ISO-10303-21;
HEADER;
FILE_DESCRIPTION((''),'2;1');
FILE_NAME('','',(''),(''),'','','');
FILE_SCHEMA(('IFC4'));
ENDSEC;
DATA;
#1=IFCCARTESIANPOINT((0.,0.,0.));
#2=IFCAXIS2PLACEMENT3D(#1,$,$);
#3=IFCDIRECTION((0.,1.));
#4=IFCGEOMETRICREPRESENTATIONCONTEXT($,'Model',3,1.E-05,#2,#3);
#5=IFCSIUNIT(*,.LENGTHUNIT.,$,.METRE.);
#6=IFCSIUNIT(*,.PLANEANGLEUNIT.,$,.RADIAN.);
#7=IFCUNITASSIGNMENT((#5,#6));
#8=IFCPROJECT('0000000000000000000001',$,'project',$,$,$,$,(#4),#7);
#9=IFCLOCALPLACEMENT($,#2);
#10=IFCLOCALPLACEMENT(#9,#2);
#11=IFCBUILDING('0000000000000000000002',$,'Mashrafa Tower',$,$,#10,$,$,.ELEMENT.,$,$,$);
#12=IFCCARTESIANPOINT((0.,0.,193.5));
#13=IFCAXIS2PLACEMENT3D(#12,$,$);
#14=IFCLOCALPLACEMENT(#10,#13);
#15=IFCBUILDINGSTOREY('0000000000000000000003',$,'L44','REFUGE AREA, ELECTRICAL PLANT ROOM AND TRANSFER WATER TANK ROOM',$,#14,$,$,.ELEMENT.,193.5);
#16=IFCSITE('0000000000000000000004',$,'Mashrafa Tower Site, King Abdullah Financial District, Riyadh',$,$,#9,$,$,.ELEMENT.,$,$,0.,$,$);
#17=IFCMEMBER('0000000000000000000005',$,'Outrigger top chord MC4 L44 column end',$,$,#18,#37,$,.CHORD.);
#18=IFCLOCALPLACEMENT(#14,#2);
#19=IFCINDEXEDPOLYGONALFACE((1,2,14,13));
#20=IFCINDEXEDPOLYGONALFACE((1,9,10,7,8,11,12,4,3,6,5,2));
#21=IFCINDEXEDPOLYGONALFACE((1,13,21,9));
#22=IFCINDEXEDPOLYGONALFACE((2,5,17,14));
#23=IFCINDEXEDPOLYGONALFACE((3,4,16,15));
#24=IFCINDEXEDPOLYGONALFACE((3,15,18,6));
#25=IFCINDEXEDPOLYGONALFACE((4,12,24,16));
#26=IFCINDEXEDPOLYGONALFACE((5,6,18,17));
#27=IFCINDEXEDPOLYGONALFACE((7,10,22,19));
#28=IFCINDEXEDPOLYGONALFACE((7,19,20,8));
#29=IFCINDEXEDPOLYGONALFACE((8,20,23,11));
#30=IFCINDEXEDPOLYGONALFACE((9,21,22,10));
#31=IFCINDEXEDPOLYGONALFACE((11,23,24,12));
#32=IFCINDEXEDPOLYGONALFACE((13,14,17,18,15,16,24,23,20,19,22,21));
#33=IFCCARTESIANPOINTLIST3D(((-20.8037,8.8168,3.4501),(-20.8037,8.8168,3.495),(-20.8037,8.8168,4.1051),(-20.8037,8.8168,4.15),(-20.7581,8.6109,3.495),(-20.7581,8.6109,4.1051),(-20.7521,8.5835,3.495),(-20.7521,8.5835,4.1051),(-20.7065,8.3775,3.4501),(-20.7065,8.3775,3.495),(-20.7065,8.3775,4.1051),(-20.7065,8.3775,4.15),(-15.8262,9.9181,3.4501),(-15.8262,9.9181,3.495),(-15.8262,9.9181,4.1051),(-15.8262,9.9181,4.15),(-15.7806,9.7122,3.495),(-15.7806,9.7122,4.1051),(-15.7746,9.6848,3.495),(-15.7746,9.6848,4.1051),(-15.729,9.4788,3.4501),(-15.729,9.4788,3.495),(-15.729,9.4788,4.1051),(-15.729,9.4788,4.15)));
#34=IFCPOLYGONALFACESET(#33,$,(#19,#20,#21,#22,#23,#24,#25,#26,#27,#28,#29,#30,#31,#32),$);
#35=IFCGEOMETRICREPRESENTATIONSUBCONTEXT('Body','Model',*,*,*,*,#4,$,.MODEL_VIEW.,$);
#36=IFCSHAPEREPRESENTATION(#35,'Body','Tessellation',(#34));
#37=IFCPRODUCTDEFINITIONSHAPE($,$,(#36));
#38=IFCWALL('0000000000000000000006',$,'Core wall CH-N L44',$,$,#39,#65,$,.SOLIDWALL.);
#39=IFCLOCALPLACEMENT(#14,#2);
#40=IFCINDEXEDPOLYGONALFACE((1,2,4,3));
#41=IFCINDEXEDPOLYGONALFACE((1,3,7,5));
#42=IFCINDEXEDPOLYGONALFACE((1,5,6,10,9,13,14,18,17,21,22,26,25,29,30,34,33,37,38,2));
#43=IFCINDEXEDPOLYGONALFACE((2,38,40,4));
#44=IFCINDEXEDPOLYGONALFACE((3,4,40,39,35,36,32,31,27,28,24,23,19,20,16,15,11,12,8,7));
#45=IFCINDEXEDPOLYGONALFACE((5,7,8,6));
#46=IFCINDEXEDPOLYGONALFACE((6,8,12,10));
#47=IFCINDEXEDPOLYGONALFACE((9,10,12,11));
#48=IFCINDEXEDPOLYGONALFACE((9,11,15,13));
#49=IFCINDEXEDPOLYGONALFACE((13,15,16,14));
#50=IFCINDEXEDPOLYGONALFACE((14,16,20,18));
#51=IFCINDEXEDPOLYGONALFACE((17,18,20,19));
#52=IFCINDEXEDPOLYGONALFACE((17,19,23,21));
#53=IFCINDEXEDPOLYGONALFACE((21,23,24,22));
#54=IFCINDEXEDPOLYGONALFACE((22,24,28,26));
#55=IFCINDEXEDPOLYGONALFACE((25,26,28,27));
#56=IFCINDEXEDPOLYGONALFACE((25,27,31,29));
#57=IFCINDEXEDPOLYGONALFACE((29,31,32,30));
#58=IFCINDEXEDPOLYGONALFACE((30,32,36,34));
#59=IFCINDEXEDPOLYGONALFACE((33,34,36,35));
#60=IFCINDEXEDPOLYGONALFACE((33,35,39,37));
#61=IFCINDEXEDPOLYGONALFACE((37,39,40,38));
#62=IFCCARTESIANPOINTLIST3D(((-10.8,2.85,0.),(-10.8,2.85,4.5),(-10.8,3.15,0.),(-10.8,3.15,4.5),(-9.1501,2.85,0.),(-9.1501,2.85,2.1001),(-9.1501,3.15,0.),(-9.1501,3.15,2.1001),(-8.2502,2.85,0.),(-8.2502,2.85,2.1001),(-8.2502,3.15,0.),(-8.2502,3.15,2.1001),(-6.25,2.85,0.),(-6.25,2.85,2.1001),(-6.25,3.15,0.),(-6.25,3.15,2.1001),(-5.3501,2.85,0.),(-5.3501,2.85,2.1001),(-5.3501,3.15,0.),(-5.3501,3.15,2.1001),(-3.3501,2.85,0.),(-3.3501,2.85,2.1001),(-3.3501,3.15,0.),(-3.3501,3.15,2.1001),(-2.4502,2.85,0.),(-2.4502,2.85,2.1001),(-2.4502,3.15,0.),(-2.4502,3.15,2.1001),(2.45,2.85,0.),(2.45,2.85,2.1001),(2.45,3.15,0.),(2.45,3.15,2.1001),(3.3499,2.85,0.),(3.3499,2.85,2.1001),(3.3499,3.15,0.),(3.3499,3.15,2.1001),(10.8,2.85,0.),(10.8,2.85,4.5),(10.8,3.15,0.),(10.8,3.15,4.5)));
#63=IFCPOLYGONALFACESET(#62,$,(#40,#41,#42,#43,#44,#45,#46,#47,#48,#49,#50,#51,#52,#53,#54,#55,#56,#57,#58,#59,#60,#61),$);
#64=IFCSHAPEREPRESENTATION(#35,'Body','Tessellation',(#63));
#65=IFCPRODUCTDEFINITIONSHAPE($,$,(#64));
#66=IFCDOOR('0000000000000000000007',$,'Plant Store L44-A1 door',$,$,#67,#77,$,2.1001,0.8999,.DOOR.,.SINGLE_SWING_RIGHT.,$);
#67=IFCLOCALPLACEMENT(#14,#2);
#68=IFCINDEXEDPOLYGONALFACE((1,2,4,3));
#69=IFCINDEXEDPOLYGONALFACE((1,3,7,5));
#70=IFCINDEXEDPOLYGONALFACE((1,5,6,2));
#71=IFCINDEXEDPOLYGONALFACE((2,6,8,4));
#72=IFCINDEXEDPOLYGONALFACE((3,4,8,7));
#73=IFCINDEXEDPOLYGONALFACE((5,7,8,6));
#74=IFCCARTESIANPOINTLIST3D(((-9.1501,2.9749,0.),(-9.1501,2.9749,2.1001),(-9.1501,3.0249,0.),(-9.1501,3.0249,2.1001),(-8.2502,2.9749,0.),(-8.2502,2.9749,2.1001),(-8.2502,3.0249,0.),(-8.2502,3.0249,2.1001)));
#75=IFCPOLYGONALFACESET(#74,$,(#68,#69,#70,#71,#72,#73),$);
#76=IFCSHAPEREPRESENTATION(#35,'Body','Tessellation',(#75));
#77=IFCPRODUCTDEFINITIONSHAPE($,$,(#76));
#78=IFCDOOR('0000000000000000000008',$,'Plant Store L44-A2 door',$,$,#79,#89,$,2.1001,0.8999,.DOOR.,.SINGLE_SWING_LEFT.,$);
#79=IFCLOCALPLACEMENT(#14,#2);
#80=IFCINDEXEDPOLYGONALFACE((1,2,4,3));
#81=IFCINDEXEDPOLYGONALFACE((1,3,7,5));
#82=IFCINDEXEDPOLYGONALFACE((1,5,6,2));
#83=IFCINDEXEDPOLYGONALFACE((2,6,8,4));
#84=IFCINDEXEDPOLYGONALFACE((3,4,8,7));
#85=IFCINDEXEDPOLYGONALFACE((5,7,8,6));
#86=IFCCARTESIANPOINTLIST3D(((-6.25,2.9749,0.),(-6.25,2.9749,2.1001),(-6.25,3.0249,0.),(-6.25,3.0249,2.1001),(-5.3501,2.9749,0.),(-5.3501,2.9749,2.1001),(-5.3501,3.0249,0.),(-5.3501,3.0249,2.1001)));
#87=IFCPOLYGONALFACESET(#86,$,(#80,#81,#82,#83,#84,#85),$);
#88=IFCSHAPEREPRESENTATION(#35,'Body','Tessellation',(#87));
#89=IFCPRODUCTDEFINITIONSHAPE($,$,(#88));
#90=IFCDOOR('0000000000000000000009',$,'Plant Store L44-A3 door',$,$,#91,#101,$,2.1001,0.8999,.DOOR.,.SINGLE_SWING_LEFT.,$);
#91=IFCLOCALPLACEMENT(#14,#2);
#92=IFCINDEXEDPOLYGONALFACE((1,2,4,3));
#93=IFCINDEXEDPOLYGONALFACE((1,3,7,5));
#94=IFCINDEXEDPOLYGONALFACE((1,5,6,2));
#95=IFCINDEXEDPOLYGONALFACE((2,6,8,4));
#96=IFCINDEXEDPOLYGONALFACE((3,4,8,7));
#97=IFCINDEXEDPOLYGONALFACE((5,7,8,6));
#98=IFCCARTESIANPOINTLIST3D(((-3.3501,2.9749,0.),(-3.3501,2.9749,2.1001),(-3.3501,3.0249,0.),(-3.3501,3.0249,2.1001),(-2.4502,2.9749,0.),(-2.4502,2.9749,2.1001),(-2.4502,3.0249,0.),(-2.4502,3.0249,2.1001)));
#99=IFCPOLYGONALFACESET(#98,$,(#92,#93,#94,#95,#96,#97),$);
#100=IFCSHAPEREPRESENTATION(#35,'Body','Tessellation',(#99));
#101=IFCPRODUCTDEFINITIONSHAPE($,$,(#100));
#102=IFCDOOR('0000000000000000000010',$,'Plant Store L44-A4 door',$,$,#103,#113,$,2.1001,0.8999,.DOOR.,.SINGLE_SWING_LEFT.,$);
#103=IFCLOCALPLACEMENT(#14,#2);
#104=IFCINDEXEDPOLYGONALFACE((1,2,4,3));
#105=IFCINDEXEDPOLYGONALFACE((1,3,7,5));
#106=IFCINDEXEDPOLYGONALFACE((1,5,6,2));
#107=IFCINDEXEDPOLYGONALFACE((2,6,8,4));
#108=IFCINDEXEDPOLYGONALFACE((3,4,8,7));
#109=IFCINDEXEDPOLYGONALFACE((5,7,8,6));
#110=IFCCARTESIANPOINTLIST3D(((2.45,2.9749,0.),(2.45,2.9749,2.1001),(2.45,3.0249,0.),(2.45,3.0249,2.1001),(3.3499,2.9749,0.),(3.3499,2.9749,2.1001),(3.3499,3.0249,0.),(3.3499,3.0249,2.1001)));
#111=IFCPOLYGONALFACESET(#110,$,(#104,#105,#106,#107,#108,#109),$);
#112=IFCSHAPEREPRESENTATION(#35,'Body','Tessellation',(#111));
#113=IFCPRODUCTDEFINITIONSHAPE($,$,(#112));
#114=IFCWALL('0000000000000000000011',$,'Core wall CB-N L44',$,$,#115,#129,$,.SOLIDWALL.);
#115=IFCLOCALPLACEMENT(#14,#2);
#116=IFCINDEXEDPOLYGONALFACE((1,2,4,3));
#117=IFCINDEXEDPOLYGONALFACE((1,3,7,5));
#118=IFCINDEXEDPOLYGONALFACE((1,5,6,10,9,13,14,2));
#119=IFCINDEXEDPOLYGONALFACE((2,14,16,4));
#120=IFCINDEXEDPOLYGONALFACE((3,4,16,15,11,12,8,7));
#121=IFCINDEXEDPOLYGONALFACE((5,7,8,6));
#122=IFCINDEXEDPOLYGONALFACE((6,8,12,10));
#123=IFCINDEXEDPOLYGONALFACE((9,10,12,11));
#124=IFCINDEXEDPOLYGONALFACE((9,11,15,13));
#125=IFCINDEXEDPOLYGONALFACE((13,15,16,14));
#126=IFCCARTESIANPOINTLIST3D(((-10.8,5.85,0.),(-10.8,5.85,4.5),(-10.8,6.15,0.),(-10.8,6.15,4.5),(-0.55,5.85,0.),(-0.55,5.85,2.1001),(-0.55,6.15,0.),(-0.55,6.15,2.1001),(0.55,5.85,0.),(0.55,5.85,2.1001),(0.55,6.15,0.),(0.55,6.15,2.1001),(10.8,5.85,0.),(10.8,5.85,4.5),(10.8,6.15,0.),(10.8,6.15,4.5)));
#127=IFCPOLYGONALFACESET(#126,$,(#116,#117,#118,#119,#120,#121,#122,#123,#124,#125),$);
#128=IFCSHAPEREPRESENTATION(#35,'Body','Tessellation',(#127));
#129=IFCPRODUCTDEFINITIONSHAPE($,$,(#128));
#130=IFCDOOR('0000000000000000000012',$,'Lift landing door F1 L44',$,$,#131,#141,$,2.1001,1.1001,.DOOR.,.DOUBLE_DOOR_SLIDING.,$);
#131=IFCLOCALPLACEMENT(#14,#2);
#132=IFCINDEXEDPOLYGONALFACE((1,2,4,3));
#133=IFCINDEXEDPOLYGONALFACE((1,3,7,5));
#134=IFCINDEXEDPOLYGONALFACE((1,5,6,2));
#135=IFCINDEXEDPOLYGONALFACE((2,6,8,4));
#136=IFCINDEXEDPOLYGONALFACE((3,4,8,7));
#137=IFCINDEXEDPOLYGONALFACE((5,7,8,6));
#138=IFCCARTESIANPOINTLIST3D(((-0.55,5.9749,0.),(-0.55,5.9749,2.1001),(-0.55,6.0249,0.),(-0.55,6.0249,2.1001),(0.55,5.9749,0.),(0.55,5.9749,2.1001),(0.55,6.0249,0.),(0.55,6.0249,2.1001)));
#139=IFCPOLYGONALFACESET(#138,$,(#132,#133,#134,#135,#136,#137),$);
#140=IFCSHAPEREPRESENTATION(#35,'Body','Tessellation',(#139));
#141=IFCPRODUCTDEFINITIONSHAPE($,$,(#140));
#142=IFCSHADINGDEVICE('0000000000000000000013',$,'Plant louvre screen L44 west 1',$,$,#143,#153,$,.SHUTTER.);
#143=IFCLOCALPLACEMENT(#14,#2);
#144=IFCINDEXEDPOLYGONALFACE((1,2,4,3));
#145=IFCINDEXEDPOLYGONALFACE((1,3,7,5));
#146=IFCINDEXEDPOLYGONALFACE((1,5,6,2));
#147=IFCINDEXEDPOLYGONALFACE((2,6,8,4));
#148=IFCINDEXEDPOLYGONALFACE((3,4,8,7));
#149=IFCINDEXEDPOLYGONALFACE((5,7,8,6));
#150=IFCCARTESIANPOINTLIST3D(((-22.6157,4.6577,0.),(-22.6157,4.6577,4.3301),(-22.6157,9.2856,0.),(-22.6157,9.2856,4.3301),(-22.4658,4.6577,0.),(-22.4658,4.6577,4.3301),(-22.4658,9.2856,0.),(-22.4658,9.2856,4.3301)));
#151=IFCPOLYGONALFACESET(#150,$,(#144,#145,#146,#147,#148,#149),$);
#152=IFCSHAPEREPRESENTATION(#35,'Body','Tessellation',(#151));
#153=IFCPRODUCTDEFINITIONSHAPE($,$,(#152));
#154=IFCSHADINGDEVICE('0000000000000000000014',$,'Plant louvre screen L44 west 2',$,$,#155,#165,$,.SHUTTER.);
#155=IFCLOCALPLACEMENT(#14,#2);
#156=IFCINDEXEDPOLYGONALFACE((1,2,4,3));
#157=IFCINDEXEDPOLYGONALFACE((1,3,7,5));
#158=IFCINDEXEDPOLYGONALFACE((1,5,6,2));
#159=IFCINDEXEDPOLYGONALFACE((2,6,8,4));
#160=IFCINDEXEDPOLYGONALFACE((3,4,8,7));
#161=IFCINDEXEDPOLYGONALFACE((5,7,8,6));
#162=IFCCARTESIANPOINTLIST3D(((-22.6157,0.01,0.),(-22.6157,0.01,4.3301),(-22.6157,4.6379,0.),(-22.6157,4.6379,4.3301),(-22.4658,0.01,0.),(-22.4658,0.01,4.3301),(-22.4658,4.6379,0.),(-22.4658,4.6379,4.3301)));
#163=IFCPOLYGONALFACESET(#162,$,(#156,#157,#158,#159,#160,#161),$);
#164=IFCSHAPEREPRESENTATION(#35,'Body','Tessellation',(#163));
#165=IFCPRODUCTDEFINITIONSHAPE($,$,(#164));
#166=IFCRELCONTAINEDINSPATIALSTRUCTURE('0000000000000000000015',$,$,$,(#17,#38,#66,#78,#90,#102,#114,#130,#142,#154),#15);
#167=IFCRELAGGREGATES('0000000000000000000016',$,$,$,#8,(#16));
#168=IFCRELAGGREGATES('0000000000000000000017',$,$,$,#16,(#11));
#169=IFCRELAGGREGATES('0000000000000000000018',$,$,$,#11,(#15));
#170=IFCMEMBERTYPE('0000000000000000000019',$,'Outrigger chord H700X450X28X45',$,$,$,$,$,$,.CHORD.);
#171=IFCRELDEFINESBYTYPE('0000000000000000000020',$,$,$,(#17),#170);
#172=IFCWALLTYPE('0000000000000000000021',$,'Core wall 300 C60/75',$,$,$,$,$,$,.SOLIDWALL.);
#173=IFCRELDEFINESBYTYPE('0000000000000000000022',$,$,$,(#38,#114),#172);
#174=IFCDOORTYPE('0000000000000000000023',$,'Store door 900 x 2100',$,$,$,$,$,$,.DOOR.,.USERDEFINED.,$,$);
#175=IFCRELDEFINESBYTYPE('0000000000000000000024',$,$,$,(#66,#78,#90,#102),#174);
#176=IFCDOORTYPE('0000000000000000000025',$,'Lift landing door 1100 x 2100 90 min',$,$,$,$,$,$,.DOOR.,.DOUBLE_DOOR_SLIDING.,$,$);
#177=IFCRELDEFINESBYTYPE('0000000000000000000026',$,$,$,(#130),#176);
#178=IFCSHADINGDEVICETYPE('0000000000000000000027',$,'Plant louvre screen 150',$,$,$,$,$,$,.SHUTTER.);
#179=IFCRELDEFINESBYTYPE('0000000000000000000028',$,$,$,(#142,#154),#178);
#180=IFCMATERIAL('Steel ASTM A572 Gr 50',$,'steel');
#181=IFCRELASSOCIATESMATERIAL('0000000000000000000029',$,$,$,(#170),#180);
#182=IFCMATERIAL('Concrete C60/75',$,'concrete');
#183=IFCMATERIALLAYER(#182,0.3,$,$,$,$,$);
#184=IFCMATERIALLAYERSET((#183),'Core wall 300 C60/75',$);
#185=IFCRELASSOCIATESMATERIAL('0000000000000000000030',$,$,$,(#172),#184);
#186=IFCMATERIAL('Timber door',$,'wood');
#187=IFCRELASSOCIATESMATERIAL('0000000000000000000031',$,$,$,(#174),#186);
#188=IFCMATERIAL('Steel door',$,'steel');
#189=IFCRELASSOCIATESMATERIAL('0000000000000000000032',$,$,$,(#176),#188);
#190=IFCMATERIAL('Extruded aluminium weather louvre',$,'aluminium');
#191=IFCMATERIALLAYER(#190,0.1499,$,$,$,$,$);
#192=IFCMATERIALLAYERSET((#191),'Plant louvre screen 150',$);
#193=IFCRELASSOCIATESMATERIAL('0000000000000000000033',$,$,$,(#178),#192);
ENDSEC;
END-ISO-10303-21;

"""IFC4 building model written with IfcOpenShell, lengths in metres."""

from ifc_helpers import new_model, si_unit, direction, frame, frame_2d, origin, origin_2d, place, context, subcontext, project, spatial, rectangle, i_section, extrude, source, transform, mapped, material, layer, layer_set, material_profile, profile_set, type_object, type_shapes, element, fill, save


model = new_model("IFC4")

# Units and contexts
model_context = context("Model", 3, precision=1e-05, world=origin(), true_north=direction((0.0, 1.0)))
body_context = subcontext(model_context, "Body", "Model", "MODEL_VIEW")
ifc_project = project(units=[si_unit("LENGTHUNIT", "METRE"), si_unit("PLANEANGLEUNIT", "RADIAN")], contexts=[model_context])

# Site, building, storey
site_placement = place(None, origin())
site = spatial("IfcSite", under=ifc_project, at=site_placement, Name="Mashrafa Tower Site, King Abdullah Financial District, Riyadh", CompositionType="ELEMENT", RefElevation=0.0)
building_placement = place(site_placement, origin())
building = spatial("IfcBuilding", under=site, at=building_placement, Name="Mashrafa Tower", CompositionType="ELEMENT")
storey_placement = place(building_placement, frame((0.0, 0.0, 193.5)))
storey = spatial("IfcBuildingStorey", under=building, at=storey_placement, Name="L44", Description="REFUGE AREA, ELECTRICAL PLANT ROOM AND TRANSFER WATER TANK ROOM", CompositionType="ELEMENT", Elevation=193.5)

# Member
ifc_material_1 = material(Name="Steel ASTM A572 Gr 50", Category="steel")
ifc_material_profile_1 = material_profile(ifc_material_1, i_section(OverallWidth=0.45, OverallDepth=0.7, WebThickness=0.0281, FlangeThickness=0.0449, at=origin_2d()), Name="H700X450X28X45")
ifc_profile_set_1 = profile_set([ifc_material_profile_1], Name="Steel ASTM A572 Gr 50")
member_type_1 = type_object("IfcMemberType", Name="Outrigger chord H700X450X28X45", PredefinedType="CHORD", material=ifc_profile_set_1)
shared_shape_1 = source(origin(), body_context, "Body", "SweptSolid", [
    extrude(i_section(OverallWidth=0.45, OverallDepth=0.7, WebThickness=0.0281, FlangeThickness=0.0449, at=origin_2d()), origin(), (0.0, 0.0, 1.0), 5.0979),
])
member_1_placement = place(storey_placement, frame((-15.7776, 9.6985, 3.8), z_axis=(-0.976386, -0.216033, 0.0), x_axis=(0.216033, -0.976386, 0.0)))
element("IfcMember", 1, at=member_1_placement, inside=storey, type_object=member_type_1, Name="Outrigger top chord MC4 L44 column end", PredefinedType="CHORD", context=body_context, shape_type="MappedRepresentation", body=[
    mapped(shared_shape_1, transform((0.0, 0.0, 0.0))),
])

# Wall, openings, doors
ifc_material_2 = material(Name="Concrete C60/75", Category="concrete")
ifc_layer_1 = layer(ifc_material_2, 0.3)
ifc_layer_set_1 = layer_set([ifc_layer_1], Name="Core wall 300 C60/75")
wall_type = type_object("IfcWallType", Name="Core wall 300 C60/75", PredefinedType="SOLIDWALL", material=ifc_layer_set_1)
wall_1_placement = place(storey_placement, frame((-10.8, 3.0, 0.0), z_axis=(0.0, 0.0, 1.0), x_axis=(1.0, 0.0, 0.0)))
wall_1 = element("IfcWall", 2, at=wall_1_placement, inside=storey, type_object=wall_type, Name="Core wall CH-N L44", PredefinedType="SOLIDWALL", context=body_context, shape_type="SweptSolid", body=[
    extrude(rectangle(XDim=21.6001, YDim=0.3, at=frame_2d((10.8, 0.0))), origin(), (0.0, 0.0, 1.0), 4.5),
])
opening_1_placement = place(wall_1_placement, frame((1.6499, 0.0, 0.0)))
opening_1 = element("IfcOpeningElement", 3, at=opening_1_placement, cuts=wall_1, PredefinedType="OPENING", context=body_context, shape_type="SweptSolid", body=[
    extrude(rectangle(XDim=0.8999, YDim=2.1001, at=frame_2d((0.45, 1.05))), frame((0.0, 0.1599, 0.0), z_axis=(0.0, -1.0, 0.0), x_axis=(1.0, 0.0, 0.0)), (0.0, 0.0, 1.0), 0.3201),
])
opening_2_placement = place(wall_1_placement, frame((4.55, 0.0, 0.0)))
opening_2 = element("IfcOpeningElement", 4, at=opening_2_placement, cuts=wall_1, PredefinedType="OPENING", context=body_context, shape_type="SweptSolid", body=[
    extrude(rectangle(XDim=0.8999, YDim=2.1001, at=frame_2d((0.45, 1.05))), frame((0.0, 0.1599, 0.0), z_axis=(0.0, -1.0, 0.0), x_axis=(1.0, 0.0, 0.0)), (0.0, 0.0, 1.0), 0.3201),
])
opening_3_placement = place(wall_1_placement, frame((7.45, 0.0, 0.0)))
opening_3 = element("IfcOpeningElement", 5, at=opening_3_placement, cuts=wall_1, PredefinedType="OPENING", context=body_context, shape_type="SweptSolid", body=[
    extrude(rectangle(XDim=0.8999, YDim=2.1001, at=frame_2d((0.45, 1.05))), frame((0.0, 0.1599, 0.0), z_axis=(0.0, -1.0, 0.0), x_axis=(1.0, 0.0, 0.0)), (0.0, 0.0, 1.0), 0.3201),
])
opening_4_placement = place(wall_1_placement, frame((13.25, 0.0, 0.0)))
opening_4 = element("IfcOpeningElement", 6, at=opening_4_placement, cuts=wall_1, PredefinedType="OPENING", context=body_context, shape_type="SweptSolid", body=[
    extrude(rectangle(XDim=0.8999, YDim=2.1001, at=frame_2d((0.45, 1.05))), frame((0.0, 0.1599, 0.0), z_axis=(0.0, -1.0, 0.0), x_axis=(1.0, 0.0, 0.0)), (0.0, 0.0, 1.0), 0.3201),
])
ifc_material_3 = material(Name="Timber door", Category="wood")
door_type_1 = type_object("IfcDoorType", Name="Store door 900 x 2100", OperationType="USERDEFINED", PredefinedType="DOOR", material=ifc_material_3)
door_1_placement = place(opening_1_placement, origin())
door_1 = element("IfcDoor", 7, at=door_1_placement, inside=storey, type_object=door_type_1, Name="Plant Store L44-A1 door", OperationType="SINGLE_SWING_RIGHT", OverallHeight=2.1001, OverallWidth=0.8999, PredefinedType="DOOR", context=body_context, shape_type="SweptSolid", body=[
    extrude(rectangle(XDim=0.8999, YDim=2.1001, at=frame_2d((0.45, 1.05))), frame((0.0, 0.0249, 0.0), z_axis=(0.0, -1.0, 0.0), x_axis=(1.0, 0.0, 0.0)), (0.0, 0.0, 1.0), 0.05),
])
fill(opening_1, door_1)
door_2_placement = place(opening_2_placement, origin())
door_2 = element("IfcDoor", 8, at=door_2_placement, inside=storey, type_object=door_type_1, Name="Plant Store L44-A2 door", OperationType="SINGLE_SWING_LEFT", OverallHeight=2.1001, OverallWidth=0.8999, PredefinedType="DOOR", context=body_context, shape_type="SweptSolid", body=[
    extrude(rectangle(XDim=0.8999, YDim=2.1001, at=frame_2d((0.45, 1.05))), frame((0.0, 0.0249, 0.0), z_axis=(0.0, -1.0, 0.0), x_axis=(1.0, 0.0, 0.0)), (0.0, 0.0, 1.0), 0.05),
])
fill(opening_2, door_2)
door_3_placement = place(opening_3_placement, origin())
door_3 = element("IfcDoor", 9, at=door_3_placement, inside=storey, type_object=door_type_1, Name="Plant Store L44-A3 door", OperationType="SINGLE_SWING_LEFT", OverallHeight=2.1001, OverallWidth=0.8999, PredefinedType="DOOR", context=body_context, shape_type="SweptSolid", body=[
    extrude(rectangle(XDim=0.8999, YDim=2.1001, at=frame_2d((0.45, 1.05))), frame((0.0, 0.0249, 0.0), z_axis=(0.0, -1.0, 0.0), x_axis=(1.0, 0.0, 0.0)), (0.0, 0.0, 1.0), 0.05),
])
fill(opening_3, door_3)
door_4_placement = place(opening_4_placement, origin())
door_4 = element("IfcDoor", 10, at=door_4_placement, inside=storey, type_object=door_type_1, Name="Plant Store L44-A4 door", OperationType="SINGLE_SWING_LEFT", OverallHeight=2.1001, OverallWidth=0.8999, PredefinedType="DOOR", context=body_context, shape_type="SweptSolid", body=[
    extrude(rectangle(XDim=0.8999, YDim=2.1001, at=frame_2d((0.45, 1.05))), frame((0.0, 0.0249, 0.0), z_axis=(0.0, -1.0, 0.0), x_axis=(1.0, 0.0, 0.0)), (0.0, 0.0, 1.0), 0.05),
])
fill(opening_4, door_4)

# Wall, opening, door
wall_2_placement = place(storey_placement, frame((-10.8, 6.0, 0.0), z_axis=(0.0, 0.0, 1.0), x_axis=(1.0, 0.0, 0.0)))
wall_2 = element("IfcWall", 11, at=wall_2_placement, inside=storey, type_object=wall_type, Name="Core wall CB-N L44", PredefinedType="SOLIDWALL", context=body_context, shape_type="SweptSolid", body=[
    extrude(rectangle(XDim=21.6001, YDim=0.3, at=frame_2d((10.8, 0.0))), origin(), (0.0, 0.0, 1.0), 4.5),
])
opening_5_placement = place(wall_2_placement, frame((10.25, 0.0, 0.0)))
opening_5 = element("IfcOpeningElement", 12, at=opening_5_placement, cuts=wall_2, PredefinedType="OPENING", context=body_context, shape_type="SweptSolid", body=[
    extrude(rectangle(XDim=1.1001, YDim=2.1001, at=frame_2d((0.55, 1.05))), frame((0.0, 0.1599, 0.0), z_axis=(0.0, -1.0, 0.0), x_axis=(1.0, 0.0, 0.0)), (0.0, 0.0, 1.0), 0.3201),
])
ifc_material_4 = material(Name="Steel door", Category="steel")
door_type_2 = type_object("IfcDoorType", Name="Lift landing door 1100 x 2100 90 min", OperationType="DOUBLE_DOOR_SLIDING", PredefinedType="DOOR", material=ifc_material_4)
door_5_placement = place(opening_5_placement, origin())
door_5 = element("IfcDoor", 13, at=door_5_placement, inside=storey, type_object=door_type_2, Name="Lift landing door F1 L44", OperationType="DOUBLE_DOOR_SLIDING", OverallHeight=2.1001, OverallWidth=1.1001, PredefinedType="DOOR", context=body_context, shape_type="SweptSolid", body=[
    extrude(rectangle(XDim=1.1001, YDim=2.1001, at=frame_2d((0.55, 1.05))), frame((0.0, 0.0249, 0.0), z_axis=(0.0, -1.0, 0.0), x_axis=(1.0, 0.0, 0.0)), (0.0, 0.0, 1.0), 0.05),
])
fill(opening_5, door_5)

# Shading devices
ifc_material_5 = material(Name="Extruded aluminium weather louvre", Category="aluminium")
ifc_layer_2 = layer(ifc_material_5, 0.1499)
ifc_layer_set_2 = layer_set([ifc_layer_2], Name="Plant louvre screen 150")
shading_device_type = type_object("IfcShadingDeviceType", Name="Plant louvre screen 150", PredefinedType="SHUTTER", material=ifc_layer_set_2)
shared_shape_2 = source(origin(), body_context, "Body", "SweptSolid", [
    extrude(rectangle(XDim=4.6279, YDim=0.1499, at=origin_2d()), origin(), (0.0, 0.0, 1.0), 4.3301),
])
type_shapes(shading_device_type, [shared_shape_2])
for number, where, z_axis, x_axis, name in (
    (14, (-22.5408, 6.9717, 0.0), (0.0, 0.0, 1.0), (0.0, -1.0, 0.0), "Plant louvre screen L44 west 1"),
    (15, (-22.5408, 2.324, 0.0), (0.0, 0.0, 1.0), (0.0, -1.0, 0.0), "Plant louvre screen L44 west 2"),
):
    element("IfcShadingDevice", number, at=place(storey_placement, frame(where, z_axis=z_axis, x_axis=x_axis)), inside=storey, type_object=shading_device_type, Name=name, PredefinedType="SHUTTER", context=body_context, shape_type="MappedRepresentation", body=[
        mapped(shared_shape_2, transform((0.0, 0.0, 0.0))),
    ])

save(model, "model.ifc")
